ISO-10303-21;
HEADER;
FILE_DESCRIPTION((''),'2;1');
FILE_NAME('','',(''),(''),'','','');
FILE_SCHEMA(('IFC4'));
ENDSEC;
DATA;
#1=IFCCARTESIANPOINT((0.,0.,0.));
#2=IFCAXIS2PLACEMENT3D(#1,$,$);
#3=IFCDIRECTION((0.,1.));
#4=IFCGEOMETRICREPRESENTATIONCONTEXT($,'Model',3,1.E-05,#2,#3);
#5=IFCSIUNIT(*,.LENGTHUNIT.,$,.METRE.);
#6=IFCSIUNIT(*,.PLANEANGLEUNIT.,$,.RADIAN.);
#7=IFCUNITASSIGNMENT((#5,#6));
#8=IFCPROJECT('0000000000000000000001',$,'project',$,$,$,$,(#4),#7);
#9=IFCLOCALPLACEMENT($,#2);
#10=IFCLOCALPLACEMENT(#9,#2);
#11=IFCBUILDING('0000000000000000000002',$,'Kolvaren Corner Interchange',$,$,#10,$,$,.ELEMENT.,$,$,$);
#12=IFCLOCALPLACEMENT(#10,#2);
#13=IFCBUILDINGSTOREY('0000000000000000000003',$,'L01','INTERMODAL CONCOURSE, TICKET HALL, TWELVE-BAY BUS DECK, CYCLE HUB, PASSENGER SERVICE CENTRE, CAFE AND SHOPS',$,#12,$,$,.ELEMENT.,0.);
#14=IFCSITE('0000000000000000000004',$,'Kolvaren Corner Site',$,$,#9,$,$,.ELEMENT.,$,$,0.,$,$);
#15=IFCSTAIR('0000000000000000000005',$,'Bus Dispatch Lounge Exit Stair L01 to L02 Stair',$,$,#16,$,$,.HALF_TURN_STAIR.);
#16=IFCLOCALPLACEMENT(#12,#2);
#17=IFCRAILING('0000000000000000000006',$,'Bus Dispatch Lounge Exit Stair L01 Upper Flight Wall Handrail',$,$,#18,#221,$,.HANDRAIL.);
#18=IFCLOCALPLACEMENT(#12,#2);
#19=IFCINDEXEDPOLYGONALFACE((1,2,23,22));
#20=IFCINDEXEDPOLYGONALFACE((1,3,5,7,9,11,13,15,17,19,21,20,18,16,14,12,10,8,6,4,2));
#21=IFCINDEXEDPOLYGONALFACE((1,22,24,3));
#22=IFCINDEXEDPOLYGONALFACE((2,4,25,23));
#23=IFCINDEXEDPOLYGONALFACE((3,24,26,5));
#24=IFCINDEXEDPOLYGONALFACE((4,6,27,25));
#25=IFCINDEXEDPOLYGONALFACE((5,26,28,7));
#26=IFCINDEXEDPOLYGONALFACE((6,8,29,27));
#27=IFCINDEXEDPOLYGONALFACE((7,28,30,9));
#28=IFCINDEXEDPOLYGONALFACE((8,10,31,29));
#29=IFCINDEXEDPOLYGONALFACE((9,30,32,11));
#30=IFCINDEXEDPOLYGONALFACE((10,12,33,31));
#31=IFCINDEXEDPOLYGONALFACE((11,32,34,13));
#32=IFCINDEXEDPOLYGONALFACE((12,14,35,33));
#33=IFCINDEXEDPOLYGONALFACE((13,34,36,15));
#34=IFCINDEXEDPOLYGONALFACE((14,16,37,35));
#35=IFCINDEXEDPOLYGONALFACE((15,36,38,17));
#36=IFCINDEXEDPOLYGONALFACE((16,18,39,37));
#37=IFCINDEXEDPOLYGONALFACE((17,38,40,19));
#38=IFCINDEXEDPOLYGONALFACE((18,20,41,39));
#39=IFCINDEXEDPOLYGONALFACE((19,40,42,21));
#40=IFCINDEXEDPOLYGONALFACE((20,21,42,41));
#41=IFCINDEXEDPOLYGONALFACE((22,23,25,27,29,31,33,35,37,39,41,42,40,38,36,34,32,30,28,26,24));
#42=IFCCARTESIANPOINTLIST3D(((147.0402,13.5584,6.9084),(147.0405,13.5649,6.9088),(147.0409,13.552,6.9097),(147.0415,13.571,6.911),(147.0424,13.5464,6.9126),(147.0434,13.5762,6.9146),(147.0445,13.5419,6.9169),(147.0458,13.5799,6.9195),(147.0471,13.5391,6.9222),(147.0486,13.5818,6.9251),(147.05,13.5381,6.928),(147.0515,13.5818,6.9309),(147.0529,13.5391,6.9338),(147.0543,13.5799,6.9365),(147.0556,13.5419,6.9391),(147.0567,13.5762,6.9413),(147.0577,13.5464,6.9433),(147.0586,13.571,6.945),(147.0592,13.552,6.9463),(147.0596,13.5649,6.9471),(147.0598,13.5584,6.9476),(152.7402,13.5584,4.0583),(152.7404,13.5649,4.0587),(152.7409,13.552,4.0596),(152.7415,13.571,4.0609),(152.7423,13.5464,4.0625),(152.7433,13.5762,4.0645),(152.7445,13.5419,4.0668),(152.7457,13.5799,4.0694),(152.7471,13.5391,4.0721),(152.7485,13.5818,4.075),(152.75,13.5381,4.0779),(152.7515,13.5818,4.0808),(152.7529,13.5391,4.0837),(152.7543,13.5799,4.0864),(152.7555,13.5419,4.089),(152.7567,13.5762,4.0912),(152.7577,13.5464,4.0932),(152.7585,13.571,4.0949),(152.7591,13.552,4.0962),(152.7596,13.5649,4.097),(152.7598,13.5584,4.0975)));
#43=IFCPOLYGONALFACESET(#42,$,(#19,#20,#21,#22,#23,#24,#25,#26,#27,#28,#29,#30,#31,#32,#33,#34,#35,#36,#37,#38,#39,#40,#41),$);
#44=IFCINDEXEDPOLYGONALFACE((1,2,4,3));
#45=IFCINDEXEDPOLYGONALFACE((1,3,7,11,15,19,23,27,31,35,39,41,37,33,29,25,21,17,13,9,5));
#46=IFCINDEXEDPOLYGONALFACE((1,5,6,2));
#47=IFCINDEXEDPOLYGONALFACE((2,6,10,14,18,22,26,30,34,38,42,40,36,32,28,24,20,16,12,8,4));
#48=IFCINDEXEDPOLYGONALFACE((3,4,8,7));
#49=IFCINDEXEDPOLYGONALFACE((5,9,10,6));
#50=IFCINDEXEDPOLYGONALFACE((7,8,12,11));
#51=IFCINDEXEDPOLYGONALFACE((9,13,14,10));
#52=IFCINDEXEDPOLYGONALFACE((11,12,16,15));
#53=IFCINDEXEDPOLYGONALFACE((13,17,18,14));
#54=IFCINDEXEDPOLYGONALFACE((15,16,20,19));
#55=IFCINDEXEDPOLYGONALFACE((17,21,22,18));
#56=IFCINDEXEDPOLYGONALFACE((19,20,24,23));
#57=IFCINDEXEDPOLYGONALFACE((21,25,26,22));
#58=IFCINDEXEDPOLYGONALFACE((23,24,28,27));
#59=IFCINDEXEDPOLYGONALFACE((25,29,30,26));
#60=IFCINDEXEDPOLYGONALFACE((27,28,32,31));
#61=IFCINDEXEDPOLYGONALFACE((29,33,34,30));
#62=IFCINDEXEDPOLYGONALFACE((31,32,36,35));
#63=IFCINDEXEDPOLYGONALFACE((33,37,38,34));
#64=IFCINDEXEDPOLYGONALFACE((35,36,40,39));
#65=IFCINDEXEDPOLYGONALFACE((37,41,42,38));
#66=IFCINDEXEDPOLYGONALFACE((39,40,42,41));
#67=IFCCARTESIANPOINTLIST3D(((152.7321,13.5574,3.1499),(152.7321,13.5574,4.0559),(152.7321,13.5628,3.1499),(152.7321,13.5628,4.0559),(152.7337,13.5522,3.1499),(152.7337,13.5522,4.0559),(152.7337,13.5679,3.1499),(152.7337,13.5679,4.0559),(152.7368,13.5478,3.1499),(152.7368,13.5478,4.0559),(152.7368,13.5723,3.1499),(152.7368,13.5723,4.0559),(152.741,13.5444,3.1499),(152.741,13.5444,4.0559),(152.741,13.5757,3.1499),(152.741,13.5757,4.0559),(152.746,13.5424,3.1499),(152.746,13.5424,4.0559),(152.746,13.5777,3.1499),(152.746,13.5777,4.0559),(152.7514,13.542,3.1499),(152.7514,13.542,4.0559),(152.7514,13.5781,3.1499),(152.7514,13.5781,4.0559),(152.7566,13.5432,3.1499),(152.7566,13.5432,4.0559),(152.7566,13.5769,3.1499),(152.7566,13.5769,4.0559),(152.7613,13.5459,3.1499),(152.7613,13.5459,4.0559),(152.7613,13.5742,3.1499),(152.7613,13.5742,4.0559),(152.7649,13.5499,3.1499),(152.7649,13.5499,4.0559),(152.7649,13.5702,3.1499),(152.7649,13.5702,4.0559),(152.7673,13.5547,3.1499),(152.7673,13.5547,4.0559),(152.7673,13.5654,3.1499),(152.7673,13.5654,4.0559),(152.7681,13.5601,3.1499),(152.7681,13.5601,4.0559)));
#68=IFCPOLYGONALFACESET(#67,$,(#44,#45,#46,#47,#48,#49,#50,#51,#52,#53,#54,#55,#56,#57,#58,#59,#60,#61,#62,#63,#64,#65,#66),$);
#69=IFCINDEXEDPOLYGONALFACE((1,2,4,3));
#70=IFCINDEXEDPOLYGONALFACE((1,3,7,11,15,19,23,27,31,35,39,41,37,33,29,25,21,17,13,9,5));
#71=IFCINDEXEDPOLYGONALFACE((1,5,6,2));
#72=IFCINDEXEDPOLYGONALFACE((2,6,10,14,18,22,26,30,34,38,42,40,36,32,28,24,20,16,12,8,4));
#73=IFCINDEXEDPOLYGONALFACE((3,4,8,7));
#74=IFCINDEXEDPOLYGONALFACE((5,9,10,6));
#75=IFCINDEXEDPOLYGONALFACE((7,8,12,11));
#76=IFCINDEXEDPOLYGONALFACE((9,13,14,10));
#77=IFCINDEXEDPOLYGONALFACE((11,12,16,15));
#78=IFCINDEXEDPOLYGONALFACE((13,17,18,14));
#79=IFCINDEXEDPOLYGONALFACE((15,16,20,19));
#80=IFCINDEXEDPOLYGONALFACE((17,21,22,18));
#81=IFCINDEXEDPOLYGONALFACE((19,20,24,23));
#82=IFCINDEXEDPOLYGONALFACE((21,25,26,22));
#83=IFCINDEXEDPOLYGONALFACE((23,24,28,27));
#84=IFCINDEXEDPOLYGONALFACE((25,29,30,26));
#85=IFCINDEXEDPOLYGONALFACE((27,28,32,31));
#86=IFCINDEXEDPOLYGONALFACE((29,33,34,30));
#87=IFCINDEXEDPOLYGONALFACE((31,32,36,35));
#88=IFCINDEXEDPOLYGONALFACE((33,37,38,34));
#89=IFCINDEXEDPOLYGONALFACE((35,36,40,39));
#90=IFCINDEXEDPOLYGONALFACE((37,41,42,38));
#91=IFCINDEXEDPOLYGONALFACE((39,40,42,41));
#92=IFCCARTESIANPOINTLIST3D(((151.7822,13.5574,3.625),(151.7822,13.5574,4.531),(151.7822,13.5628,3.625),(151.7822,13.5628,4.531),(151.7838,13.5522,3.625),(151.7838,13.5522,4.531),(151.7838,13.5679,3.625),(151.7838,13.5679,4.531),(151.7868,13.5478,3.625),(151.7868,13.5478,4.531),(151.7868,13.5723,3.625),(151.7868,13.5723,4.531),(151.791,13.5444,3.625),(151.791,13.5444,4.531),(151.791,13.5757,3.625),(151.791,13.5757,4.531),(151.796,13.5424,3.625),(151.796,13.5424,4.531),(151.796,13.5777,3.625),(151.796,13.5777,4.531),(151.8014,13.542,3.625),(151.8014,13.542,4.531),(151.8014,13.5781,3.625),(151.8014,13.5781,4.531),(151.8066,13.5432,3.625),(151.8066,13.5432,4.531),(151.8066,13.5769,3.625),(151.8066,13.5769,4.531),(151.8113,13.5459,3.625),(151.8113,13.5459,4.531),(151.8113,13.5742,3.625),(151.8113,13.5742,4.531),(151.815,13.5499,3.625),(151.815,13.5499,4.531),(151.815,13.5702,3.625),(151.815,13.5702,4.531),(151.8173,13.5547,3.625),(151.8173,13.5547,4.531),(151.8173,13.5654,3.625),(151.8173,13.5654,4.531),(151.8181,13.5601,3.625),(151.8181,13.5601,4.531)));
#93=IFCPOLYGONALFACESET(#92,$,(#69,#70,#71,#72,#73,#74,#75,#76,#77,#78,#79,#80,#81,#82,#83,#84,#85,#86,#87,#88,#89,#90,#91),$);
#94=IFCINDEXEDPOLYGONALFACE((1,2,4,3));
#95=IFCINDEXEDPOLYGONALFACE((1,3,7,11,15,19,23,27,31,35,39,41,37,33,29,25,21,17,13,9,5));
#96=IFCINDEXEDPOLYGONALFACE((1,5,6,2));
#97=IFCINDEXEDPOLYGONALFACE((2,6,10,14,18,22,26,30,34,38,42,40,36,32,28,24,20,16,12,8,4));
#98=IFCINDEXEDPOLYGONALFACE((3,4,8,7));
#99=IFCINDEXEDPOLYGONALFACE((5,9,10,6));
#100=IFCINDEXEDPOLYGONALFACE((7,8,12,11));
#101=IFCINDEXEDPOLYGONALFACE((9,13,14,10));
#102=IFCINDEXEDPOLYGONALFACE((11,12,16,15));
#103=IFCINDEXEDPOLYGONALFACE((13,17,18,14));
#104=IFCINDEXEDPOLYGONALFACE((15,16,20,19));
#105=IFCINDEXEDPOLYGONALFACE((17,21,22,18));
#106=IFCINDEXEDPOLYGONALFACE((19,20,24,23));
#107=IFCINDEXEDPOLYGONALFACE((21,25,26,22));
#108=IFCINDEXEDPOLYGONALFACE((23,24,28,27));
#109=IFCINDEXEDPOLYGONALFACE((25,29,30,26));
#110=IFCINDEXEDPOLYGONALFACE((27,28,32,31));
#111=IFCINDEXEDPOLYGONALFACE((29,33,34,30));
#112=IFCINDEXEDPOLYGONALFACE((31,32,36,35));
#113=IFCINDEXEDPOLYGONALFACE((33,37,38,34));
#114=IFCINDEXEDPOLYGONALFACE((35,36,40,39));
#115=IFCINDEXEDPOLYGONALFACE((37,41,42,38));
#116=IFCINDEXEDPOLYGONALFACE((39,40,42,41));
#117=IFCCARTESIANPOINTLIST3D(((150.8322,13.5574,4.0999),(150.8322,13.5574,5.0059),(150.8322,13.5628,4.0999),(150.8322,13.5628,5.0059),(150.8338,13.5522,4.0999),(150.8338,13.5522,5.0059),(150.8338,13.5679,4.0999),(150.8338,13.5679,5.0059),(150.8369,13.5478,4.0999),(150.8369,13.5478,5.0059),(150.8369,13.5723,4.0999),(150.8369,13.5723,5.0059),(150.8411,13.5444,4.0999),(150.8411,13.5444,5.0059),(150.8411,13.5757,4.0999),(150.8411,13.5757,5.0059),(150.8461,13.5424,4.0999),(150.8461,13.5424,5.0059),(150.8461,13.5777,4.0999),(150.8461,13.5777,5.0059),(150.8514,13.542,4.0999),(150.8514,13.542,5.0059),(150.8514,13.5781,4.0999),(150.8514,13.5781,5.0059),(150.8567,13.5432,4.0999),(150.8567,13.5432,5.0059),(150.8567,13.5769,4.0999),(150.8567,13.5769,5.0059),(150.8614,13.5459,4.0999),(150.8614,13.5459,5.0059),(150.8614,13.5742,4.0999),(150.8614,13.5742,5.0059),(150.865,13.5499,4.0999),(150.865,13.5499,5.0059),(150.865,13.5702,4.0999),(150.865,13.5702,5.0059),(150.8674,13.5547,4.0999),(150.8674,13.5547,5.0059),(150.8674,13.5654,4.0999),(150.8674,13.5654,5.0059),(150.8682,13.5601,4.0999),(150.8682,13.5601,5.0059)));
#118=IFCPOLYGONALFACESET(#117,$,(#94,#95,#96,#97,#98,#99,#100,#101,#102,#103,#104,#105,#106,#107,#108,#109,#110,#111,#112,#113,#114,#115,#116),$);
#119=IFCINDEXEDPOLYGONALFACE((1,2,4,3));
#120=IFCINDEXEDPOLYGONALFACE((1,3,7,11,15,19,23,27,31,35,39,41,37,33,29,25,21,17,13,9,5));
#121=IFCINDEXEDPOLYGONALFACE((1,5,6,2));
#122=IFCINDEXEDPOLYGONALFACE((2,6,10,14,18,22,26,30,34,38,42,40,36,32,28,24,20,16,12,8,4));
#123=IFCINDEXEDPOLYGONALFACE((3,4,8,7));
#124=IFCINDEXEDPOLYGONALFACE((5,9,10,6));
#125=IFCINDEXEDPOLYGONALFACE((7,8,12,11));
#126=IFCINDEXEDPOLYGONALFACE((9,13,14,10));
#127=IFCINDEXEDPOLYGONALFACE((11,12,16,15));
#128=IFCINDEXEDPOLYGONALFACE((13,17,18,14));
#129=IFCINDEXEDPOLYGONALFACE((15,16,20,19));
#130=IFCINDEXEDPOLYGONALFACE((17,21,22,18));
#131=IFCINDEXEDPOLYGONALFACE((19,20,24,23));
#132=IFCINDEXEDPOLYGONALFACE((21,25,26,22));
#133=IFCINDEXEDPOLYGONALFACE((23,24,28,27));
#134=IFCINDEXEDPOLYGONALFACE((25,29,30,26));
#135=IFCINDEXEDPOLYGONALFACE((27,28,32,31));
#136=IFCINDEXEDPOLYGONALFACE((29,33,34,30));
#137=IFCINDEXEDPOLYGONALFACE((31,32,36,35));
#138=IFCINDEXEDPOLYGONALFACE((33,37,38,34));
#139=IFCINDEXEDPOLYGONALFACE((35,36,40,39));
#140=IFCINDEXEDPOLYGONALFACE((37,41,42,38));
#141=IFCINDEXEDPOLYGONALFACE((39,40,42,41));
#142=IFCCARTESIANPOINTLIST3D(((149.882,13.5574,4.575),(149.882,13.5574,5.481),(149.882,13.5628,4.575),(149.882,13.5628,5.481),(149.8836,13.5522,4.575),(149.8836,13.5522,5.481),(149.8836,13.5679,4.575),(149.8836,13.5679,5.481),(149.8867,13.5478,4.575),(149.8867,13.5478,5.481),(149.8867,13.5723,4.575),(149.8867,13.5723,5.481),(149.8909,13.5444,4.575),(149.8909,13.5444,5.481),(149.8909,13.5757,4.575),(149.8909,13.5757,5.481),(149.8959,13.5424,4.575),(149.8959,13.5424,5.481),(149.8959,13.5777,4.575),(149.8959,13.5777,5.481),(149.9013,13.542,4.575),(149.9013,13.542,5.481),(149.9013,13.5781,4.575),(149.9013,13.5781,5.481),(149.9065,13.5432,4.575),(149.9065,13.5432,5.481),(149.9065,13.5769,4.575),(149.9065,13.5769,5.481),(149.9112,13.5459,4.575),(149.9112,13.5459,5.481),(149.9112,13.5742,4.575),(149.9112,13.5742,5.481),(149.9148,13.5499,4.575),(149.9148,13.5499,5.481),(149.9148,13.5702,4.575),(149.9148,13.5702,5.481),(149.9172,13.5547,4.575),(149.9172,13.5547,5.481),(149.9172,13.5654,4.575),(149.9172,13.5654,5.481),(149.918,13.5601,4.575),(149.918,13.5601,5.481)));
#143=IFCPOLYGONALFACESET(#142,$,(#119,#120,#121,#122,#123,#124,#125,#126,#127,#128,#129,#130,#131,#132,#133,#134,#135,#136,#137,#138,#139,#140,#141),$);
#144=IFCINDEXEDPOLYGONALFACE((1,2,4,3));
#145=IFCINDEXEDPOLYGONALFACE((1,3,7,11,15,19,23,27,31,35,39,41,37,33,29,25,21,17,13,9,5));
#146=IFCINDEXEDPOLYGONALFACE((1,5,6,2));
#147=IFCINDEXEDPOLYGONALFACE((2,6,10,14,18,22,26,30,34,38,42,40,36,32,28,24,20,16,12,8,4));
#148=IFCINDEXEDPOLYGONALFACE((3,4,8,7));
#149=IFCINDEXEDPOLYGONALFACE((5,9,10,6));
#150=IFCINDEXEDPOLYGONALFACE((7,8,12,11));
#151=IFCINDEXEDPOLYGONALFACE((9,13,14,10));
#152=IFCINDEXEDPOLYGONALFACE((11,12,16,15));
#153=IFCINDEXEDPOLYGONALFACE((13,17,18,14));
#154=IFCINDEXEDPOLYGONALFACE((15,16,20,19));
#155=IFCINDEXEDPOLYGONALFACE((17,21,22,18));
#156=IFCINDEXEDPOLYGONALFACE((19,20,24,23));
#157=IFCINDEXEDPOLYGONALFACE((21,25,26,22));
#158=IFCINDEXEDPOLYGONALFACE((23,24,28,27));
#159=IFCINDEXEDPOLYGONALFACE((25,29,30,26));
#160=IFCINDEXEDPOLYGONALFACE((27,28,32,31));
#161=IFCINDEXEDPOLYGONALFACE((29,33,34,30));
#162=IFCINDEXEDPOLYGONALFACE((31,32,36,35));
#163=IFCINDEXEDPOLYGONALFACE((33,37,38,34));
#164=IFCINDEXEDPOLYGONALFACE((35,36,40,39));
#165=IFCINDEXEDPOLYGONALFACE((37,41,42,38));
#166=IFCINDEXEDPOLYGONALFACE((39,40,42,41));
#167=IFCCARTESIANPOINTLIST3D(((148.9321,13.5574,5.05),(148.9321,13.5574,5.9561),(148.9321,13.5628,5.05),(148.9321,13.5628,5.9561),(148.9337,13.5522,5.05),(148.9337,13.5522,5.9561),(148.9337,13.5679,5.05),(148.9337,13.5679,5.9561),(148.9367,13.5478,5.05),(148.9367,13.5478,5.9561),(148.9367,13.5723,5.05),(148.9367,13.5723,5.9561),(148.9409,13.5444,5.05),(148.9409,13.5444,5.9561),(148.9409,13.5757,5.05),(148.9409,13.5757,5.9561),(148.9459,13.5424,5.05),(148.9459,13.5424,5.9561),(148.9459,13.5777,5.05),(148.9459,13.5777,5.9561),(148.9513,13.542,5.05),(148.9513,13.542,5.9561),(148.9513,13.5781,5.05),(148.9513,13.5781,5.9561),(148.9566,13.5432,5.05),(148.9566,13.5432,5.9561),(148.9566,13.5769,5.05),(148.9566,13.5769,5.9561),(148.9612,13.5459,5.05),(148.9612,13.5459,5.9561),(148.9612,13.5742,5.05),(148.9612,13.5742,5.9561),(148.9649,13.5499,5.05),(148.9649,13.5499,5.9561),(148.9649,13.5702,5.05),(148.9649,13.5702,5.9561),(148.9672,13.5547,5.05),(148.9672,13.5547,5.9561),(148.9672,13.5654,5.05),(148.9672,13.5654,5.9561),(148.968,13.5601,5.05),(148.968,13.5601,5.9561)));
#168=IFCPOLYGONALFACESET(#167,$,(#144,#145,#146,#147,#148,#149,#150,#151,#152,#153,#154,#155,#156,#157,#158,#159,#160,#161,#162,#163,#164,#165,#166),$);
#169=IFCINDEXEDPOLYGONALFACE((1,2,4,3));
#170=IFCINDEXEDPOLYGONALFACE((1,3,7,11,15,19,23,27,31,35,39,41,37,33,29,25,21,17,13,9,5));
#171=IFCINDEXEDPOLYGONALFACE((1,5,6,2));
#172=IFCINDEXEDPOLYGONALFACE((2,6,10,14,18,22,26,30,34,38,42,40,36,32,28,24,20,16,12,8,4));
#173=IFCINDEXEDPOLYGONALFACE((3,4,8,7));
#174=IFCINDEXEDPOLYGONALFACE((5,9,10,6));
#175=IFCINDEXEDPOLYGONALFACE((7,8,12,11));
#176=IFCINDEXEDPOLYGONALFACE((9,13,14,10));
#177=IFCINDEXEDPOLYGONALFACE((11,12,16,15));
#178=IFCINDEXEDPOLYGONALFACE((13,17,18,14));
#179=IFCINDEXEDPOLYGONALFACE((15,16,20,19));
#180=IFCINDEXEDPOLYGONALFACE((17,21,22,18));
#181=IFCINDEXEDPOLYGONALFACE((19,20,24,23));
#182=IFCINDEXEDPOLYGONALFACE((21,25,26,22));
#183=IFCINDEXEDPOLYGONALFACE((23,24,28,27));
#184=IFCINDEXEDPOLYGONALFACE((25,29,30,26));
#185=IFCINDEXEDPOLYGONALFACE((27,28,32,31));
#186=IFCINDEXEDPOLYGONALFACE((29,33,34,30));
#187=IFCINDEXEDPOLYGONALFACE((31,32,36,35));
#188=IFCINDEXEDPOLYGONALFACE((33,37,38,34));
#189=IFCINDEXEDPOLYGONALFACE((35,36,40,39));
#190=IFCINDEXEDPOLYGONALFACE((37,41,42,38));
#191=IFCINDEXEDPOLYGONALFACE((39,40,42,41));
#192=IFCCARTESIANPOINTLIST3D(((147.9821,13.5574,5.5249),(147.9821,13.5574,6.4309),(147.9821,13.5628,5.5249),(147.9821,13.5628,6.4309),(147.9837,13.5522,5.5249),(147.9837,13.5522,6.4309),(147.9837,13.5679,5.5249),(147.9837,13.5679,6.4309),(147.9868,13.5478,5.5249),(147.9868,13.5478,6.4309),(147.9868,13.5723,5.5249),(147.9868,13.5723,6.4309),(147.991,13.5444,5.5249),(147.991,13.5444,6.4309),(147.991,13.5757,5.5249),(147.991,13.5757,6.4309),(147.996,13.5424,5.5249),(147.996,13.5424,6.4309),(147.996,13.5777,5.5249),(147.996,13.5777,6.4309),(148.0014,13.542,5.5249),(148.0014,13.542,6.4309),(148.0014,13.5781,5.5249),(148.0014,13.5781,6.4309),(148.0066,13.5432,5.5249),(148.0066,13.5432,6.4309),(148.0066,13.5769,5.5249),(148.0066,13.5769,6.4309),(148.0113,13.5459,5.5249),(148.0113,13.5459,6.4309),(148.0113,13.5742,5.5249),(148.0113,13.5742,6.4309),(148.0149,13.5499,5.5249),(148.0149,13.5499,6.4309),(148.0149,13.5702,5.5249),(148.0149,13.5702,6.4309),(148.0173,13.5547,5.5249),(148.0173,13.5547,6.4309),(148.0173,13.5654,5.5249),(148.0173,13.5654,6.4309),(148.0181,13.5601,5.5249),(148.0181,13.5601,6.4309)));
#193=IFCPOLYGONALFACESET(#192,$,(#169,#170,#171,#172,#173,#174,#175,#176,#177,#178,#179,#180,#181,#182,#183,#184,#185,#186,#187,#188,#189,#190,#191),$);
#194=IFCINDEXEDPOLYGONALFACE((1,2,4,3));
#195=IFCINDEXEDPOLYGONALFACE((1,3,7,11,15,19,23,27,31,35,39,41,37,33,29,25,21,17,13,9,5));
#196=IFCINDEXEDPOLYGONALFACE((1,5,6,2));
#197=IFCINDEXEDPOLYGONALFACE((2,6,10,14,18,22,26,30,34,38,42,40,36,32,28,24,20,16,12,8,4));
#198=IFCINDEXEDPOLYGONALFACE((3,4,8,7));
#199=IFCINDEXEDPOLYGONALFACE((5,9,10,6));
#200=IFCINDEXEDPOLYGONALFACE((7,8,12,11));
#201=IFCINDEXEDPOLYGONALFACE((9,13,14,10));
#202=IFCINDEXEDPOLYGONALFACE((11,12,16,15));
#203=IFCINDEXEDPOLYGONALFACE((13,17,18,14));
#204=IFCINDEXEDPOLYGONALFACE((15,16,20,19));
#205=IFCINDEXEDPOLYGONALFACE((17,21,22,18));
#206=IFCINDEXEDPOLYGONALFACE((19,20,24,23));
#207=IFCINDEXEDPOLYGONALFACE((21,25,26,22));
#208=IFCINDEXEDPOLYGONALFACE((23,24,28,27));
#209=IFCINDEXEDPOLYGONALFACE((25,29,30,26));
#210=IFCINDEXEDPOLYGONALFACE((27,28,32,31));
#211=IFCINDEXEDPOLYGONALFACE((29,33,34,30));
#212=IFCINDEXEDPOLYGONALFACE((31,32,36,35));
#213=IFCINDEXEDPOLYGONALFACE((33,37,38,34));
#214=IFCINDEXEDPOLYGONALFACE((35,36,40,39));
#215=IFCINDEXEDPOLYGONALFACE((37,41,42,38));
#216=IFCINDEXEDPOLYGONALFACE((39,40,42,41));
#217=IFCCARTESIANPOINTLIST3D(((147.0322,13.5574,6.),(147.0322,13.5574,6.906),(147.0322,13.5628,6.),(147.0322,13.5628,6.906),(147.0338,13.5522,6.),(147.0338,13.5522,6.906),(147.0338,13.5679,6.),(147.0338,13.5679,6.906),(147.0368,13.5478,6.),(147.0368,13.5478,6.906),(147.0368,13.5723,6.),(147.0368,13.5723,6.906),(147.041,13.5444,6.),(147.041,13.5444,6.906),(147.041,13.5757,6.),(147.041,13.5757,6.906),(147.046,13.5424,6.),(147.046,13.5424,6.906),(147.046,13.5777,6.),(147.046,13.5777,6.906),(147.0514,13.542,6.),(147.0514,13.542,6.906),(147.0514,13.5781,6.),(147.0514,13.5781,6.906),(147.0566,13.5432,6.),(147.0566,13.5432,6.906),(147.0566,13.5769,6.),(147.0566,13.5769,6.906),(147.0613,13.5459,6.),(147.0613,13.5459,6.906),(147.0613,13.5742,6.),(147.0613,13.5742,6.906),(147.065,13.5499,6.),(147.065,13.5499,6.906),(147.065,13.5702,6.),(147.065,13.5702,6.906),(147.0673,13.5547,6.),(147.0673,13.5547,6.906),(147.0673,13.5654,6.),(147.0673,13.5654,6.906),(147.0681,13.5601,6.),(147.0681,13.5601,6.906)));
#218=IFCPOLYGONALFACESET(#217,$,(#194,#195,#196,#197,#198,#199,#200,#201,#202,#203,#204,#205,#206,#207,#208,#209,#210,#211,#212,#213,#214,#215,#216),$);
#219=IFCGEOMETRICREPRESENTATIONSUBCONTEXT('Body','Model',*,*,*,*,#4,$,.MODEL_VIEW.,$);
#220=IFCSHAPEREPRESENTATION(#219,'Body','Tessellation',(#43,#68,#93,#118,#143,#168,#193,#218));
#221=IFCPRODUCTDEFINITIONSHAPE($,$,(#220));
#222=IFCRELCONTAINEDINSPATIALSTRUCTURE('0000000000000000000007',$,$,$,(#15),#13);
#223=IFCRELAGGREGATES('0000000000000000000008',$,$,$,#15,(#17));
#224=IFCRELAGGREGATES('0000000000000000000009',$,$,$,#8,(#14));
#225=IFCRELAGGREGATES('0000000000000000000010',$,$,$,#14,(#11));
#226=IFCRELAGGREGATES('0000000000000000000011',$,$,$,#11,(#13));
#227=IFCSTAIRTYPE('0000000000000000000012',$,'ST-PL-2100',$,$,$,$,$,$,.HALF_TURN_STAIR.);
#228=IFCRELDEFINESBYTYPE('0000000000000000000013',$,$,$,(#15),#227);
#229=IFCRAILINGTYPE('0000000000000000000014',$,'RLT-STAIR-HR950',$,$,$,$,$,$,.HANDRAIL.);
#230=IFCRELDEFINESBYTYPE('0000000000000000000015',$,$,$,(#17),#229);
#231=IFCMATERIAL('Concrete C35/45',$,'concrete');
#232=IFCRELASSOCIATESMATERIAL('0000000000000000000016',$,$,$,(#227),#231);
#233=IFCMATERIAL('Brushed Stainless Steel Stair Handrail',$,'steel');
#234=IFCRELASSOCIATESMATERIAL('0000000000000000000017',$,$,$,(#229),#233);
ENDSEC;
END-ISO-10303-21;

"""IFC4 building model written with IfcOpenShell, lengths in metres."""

from ifc_helpers import new_model, si_unit, direction, frame, origin, origin_2d, place, context, subcontext, project, spatial, circle, extrude, material, type_object, element, aggregate, save


model = new_model("IFC4")

# Units and contexts
model_context = context("Model", 3, precision=1e-05, world=origin(), true_north=direction((0.0, 1.0)))
body_context = subcontext(model_context, "Body", "Model", "MODEL_VIEW")
ifc_project = project(units=[si_unit("LENGTHUNIT", "METRE"), si_unit("PLANEANGLEUNIT", "RADIAN")], contexts=[model_context])

# Site, building, storey
site_placement = place(None, origin())
site = spatial("IfcSite", under=ifc_project, at=site_placement, Name="Kolvaren Corner Site", CompositionType="ELEMENT", RefElevation=0.0)
building_placement = place(site_placement, origin())
building = spatial("IfcBuilding", under=site, at=building_placement, Name="Kolvaren Corner Interchange", CompositionType="ELEMENT")
storey_placement = place(building_placement, origin())
storey = spatial("IfcBuildingStorey", under=building, at=storey_placement, Name="L01", Description="INTERMODAL CONCOURSE, TICKET HALL, TWELVE-BAY BUS DECK, CYCLE HUB, PASSENGER SERVICE CENTRE, CAFE AND SHOPS", CompositionType="ELEMENT", Elevation=0.0)

# Stair, railing
ifc_material_1 = material(Name="Concrete C35/45", Category="concrete")
stair_type = type_object("IfcStairType", Name="ST-PL-2100", PredefinedType="HALF_TURN_STAIR", material=ifc_material_1)
stair_placement = place(storey_placement, origin())
stair = element("IfcStair", 1, at=stair_placement, inside=storey, type_object=stair_type, Name="Bus Dispatch Lounge Exit Stair L01 to L02 Stair", PredefinedType="HALF_TURN_STAIR")
ifc_material_2 = material(Name="Brushed Stainless Steel Stair Handrail", Category="steel")
railing_type_1 = type_object("IfcRailingType", Name="RLT-STAIR-HR950", PredefinedType="HANDRAIL", material=ifc_material_2)
railing_1_placement = place(storey_placement, frame((152.75, 13.5601, 3.1499)))
railing_1 = element("IfcRailing", 2, at=railing_1_placement, type_object=railing_type_1, Name="Bus Dispatch Lounge Exit Stair L01 Upper Flight Wall Handrail", PredefinedType="HANDRAIL", context=body_context, shape_type="SweptSolid", body=[
    extrude(circle(Radius=0.022, at=origin_2d()), frame((0.0, 0.0, 0.928), z_axis=(-0.89442, 0.0, 0.447229), x_axis=(0.0, -1.0, 0.0)), (0.0, 0.0, 1.0), 6.3728),
    extrude(circle(Radius=0.0181, at=origin_2d()), origin(), (0.0, 0.0, 1.0), 0.906),
    extrude(circle(Radius=0.0181, at=origin_2d()), frame((-0.95, 0.0, 0.4751)), (0.0, 0.0, 1.0), 0.906),
    extrude(circle(Radius=0.0181, at=origin_2d()), frame((-1.8999, 0.0, 0.95)), (0.0, 0.0, 1.0), 0.906),
    extrude(circle(Radius=0.0181, at=origin_2d()), frame((-2.8501, 0.0, 1.425)), (0.0, 0.0, 1.0), 0.906),
    extrude(circle(Radius=0.0181, at=origin_2d()), frame((-3.8, 0.0, 1.9001)), (0.0, 0.0, 1.0), 0.906),
    extrude(circle(Radius=0.0181, at=origin_2d()), frame((-4.75, 0.0, 2.375)), (0.0, 0.0, 1.0), 0.906),
    extrude(circle(Radius=0.0181, at=origin_2d()), frame((-5.7, 0.0, 2.8501)), (0.0, 0.0, 1.0), 0.906),
])
aggregate(stair, [railing_1])

save(model, "model.ifc")
